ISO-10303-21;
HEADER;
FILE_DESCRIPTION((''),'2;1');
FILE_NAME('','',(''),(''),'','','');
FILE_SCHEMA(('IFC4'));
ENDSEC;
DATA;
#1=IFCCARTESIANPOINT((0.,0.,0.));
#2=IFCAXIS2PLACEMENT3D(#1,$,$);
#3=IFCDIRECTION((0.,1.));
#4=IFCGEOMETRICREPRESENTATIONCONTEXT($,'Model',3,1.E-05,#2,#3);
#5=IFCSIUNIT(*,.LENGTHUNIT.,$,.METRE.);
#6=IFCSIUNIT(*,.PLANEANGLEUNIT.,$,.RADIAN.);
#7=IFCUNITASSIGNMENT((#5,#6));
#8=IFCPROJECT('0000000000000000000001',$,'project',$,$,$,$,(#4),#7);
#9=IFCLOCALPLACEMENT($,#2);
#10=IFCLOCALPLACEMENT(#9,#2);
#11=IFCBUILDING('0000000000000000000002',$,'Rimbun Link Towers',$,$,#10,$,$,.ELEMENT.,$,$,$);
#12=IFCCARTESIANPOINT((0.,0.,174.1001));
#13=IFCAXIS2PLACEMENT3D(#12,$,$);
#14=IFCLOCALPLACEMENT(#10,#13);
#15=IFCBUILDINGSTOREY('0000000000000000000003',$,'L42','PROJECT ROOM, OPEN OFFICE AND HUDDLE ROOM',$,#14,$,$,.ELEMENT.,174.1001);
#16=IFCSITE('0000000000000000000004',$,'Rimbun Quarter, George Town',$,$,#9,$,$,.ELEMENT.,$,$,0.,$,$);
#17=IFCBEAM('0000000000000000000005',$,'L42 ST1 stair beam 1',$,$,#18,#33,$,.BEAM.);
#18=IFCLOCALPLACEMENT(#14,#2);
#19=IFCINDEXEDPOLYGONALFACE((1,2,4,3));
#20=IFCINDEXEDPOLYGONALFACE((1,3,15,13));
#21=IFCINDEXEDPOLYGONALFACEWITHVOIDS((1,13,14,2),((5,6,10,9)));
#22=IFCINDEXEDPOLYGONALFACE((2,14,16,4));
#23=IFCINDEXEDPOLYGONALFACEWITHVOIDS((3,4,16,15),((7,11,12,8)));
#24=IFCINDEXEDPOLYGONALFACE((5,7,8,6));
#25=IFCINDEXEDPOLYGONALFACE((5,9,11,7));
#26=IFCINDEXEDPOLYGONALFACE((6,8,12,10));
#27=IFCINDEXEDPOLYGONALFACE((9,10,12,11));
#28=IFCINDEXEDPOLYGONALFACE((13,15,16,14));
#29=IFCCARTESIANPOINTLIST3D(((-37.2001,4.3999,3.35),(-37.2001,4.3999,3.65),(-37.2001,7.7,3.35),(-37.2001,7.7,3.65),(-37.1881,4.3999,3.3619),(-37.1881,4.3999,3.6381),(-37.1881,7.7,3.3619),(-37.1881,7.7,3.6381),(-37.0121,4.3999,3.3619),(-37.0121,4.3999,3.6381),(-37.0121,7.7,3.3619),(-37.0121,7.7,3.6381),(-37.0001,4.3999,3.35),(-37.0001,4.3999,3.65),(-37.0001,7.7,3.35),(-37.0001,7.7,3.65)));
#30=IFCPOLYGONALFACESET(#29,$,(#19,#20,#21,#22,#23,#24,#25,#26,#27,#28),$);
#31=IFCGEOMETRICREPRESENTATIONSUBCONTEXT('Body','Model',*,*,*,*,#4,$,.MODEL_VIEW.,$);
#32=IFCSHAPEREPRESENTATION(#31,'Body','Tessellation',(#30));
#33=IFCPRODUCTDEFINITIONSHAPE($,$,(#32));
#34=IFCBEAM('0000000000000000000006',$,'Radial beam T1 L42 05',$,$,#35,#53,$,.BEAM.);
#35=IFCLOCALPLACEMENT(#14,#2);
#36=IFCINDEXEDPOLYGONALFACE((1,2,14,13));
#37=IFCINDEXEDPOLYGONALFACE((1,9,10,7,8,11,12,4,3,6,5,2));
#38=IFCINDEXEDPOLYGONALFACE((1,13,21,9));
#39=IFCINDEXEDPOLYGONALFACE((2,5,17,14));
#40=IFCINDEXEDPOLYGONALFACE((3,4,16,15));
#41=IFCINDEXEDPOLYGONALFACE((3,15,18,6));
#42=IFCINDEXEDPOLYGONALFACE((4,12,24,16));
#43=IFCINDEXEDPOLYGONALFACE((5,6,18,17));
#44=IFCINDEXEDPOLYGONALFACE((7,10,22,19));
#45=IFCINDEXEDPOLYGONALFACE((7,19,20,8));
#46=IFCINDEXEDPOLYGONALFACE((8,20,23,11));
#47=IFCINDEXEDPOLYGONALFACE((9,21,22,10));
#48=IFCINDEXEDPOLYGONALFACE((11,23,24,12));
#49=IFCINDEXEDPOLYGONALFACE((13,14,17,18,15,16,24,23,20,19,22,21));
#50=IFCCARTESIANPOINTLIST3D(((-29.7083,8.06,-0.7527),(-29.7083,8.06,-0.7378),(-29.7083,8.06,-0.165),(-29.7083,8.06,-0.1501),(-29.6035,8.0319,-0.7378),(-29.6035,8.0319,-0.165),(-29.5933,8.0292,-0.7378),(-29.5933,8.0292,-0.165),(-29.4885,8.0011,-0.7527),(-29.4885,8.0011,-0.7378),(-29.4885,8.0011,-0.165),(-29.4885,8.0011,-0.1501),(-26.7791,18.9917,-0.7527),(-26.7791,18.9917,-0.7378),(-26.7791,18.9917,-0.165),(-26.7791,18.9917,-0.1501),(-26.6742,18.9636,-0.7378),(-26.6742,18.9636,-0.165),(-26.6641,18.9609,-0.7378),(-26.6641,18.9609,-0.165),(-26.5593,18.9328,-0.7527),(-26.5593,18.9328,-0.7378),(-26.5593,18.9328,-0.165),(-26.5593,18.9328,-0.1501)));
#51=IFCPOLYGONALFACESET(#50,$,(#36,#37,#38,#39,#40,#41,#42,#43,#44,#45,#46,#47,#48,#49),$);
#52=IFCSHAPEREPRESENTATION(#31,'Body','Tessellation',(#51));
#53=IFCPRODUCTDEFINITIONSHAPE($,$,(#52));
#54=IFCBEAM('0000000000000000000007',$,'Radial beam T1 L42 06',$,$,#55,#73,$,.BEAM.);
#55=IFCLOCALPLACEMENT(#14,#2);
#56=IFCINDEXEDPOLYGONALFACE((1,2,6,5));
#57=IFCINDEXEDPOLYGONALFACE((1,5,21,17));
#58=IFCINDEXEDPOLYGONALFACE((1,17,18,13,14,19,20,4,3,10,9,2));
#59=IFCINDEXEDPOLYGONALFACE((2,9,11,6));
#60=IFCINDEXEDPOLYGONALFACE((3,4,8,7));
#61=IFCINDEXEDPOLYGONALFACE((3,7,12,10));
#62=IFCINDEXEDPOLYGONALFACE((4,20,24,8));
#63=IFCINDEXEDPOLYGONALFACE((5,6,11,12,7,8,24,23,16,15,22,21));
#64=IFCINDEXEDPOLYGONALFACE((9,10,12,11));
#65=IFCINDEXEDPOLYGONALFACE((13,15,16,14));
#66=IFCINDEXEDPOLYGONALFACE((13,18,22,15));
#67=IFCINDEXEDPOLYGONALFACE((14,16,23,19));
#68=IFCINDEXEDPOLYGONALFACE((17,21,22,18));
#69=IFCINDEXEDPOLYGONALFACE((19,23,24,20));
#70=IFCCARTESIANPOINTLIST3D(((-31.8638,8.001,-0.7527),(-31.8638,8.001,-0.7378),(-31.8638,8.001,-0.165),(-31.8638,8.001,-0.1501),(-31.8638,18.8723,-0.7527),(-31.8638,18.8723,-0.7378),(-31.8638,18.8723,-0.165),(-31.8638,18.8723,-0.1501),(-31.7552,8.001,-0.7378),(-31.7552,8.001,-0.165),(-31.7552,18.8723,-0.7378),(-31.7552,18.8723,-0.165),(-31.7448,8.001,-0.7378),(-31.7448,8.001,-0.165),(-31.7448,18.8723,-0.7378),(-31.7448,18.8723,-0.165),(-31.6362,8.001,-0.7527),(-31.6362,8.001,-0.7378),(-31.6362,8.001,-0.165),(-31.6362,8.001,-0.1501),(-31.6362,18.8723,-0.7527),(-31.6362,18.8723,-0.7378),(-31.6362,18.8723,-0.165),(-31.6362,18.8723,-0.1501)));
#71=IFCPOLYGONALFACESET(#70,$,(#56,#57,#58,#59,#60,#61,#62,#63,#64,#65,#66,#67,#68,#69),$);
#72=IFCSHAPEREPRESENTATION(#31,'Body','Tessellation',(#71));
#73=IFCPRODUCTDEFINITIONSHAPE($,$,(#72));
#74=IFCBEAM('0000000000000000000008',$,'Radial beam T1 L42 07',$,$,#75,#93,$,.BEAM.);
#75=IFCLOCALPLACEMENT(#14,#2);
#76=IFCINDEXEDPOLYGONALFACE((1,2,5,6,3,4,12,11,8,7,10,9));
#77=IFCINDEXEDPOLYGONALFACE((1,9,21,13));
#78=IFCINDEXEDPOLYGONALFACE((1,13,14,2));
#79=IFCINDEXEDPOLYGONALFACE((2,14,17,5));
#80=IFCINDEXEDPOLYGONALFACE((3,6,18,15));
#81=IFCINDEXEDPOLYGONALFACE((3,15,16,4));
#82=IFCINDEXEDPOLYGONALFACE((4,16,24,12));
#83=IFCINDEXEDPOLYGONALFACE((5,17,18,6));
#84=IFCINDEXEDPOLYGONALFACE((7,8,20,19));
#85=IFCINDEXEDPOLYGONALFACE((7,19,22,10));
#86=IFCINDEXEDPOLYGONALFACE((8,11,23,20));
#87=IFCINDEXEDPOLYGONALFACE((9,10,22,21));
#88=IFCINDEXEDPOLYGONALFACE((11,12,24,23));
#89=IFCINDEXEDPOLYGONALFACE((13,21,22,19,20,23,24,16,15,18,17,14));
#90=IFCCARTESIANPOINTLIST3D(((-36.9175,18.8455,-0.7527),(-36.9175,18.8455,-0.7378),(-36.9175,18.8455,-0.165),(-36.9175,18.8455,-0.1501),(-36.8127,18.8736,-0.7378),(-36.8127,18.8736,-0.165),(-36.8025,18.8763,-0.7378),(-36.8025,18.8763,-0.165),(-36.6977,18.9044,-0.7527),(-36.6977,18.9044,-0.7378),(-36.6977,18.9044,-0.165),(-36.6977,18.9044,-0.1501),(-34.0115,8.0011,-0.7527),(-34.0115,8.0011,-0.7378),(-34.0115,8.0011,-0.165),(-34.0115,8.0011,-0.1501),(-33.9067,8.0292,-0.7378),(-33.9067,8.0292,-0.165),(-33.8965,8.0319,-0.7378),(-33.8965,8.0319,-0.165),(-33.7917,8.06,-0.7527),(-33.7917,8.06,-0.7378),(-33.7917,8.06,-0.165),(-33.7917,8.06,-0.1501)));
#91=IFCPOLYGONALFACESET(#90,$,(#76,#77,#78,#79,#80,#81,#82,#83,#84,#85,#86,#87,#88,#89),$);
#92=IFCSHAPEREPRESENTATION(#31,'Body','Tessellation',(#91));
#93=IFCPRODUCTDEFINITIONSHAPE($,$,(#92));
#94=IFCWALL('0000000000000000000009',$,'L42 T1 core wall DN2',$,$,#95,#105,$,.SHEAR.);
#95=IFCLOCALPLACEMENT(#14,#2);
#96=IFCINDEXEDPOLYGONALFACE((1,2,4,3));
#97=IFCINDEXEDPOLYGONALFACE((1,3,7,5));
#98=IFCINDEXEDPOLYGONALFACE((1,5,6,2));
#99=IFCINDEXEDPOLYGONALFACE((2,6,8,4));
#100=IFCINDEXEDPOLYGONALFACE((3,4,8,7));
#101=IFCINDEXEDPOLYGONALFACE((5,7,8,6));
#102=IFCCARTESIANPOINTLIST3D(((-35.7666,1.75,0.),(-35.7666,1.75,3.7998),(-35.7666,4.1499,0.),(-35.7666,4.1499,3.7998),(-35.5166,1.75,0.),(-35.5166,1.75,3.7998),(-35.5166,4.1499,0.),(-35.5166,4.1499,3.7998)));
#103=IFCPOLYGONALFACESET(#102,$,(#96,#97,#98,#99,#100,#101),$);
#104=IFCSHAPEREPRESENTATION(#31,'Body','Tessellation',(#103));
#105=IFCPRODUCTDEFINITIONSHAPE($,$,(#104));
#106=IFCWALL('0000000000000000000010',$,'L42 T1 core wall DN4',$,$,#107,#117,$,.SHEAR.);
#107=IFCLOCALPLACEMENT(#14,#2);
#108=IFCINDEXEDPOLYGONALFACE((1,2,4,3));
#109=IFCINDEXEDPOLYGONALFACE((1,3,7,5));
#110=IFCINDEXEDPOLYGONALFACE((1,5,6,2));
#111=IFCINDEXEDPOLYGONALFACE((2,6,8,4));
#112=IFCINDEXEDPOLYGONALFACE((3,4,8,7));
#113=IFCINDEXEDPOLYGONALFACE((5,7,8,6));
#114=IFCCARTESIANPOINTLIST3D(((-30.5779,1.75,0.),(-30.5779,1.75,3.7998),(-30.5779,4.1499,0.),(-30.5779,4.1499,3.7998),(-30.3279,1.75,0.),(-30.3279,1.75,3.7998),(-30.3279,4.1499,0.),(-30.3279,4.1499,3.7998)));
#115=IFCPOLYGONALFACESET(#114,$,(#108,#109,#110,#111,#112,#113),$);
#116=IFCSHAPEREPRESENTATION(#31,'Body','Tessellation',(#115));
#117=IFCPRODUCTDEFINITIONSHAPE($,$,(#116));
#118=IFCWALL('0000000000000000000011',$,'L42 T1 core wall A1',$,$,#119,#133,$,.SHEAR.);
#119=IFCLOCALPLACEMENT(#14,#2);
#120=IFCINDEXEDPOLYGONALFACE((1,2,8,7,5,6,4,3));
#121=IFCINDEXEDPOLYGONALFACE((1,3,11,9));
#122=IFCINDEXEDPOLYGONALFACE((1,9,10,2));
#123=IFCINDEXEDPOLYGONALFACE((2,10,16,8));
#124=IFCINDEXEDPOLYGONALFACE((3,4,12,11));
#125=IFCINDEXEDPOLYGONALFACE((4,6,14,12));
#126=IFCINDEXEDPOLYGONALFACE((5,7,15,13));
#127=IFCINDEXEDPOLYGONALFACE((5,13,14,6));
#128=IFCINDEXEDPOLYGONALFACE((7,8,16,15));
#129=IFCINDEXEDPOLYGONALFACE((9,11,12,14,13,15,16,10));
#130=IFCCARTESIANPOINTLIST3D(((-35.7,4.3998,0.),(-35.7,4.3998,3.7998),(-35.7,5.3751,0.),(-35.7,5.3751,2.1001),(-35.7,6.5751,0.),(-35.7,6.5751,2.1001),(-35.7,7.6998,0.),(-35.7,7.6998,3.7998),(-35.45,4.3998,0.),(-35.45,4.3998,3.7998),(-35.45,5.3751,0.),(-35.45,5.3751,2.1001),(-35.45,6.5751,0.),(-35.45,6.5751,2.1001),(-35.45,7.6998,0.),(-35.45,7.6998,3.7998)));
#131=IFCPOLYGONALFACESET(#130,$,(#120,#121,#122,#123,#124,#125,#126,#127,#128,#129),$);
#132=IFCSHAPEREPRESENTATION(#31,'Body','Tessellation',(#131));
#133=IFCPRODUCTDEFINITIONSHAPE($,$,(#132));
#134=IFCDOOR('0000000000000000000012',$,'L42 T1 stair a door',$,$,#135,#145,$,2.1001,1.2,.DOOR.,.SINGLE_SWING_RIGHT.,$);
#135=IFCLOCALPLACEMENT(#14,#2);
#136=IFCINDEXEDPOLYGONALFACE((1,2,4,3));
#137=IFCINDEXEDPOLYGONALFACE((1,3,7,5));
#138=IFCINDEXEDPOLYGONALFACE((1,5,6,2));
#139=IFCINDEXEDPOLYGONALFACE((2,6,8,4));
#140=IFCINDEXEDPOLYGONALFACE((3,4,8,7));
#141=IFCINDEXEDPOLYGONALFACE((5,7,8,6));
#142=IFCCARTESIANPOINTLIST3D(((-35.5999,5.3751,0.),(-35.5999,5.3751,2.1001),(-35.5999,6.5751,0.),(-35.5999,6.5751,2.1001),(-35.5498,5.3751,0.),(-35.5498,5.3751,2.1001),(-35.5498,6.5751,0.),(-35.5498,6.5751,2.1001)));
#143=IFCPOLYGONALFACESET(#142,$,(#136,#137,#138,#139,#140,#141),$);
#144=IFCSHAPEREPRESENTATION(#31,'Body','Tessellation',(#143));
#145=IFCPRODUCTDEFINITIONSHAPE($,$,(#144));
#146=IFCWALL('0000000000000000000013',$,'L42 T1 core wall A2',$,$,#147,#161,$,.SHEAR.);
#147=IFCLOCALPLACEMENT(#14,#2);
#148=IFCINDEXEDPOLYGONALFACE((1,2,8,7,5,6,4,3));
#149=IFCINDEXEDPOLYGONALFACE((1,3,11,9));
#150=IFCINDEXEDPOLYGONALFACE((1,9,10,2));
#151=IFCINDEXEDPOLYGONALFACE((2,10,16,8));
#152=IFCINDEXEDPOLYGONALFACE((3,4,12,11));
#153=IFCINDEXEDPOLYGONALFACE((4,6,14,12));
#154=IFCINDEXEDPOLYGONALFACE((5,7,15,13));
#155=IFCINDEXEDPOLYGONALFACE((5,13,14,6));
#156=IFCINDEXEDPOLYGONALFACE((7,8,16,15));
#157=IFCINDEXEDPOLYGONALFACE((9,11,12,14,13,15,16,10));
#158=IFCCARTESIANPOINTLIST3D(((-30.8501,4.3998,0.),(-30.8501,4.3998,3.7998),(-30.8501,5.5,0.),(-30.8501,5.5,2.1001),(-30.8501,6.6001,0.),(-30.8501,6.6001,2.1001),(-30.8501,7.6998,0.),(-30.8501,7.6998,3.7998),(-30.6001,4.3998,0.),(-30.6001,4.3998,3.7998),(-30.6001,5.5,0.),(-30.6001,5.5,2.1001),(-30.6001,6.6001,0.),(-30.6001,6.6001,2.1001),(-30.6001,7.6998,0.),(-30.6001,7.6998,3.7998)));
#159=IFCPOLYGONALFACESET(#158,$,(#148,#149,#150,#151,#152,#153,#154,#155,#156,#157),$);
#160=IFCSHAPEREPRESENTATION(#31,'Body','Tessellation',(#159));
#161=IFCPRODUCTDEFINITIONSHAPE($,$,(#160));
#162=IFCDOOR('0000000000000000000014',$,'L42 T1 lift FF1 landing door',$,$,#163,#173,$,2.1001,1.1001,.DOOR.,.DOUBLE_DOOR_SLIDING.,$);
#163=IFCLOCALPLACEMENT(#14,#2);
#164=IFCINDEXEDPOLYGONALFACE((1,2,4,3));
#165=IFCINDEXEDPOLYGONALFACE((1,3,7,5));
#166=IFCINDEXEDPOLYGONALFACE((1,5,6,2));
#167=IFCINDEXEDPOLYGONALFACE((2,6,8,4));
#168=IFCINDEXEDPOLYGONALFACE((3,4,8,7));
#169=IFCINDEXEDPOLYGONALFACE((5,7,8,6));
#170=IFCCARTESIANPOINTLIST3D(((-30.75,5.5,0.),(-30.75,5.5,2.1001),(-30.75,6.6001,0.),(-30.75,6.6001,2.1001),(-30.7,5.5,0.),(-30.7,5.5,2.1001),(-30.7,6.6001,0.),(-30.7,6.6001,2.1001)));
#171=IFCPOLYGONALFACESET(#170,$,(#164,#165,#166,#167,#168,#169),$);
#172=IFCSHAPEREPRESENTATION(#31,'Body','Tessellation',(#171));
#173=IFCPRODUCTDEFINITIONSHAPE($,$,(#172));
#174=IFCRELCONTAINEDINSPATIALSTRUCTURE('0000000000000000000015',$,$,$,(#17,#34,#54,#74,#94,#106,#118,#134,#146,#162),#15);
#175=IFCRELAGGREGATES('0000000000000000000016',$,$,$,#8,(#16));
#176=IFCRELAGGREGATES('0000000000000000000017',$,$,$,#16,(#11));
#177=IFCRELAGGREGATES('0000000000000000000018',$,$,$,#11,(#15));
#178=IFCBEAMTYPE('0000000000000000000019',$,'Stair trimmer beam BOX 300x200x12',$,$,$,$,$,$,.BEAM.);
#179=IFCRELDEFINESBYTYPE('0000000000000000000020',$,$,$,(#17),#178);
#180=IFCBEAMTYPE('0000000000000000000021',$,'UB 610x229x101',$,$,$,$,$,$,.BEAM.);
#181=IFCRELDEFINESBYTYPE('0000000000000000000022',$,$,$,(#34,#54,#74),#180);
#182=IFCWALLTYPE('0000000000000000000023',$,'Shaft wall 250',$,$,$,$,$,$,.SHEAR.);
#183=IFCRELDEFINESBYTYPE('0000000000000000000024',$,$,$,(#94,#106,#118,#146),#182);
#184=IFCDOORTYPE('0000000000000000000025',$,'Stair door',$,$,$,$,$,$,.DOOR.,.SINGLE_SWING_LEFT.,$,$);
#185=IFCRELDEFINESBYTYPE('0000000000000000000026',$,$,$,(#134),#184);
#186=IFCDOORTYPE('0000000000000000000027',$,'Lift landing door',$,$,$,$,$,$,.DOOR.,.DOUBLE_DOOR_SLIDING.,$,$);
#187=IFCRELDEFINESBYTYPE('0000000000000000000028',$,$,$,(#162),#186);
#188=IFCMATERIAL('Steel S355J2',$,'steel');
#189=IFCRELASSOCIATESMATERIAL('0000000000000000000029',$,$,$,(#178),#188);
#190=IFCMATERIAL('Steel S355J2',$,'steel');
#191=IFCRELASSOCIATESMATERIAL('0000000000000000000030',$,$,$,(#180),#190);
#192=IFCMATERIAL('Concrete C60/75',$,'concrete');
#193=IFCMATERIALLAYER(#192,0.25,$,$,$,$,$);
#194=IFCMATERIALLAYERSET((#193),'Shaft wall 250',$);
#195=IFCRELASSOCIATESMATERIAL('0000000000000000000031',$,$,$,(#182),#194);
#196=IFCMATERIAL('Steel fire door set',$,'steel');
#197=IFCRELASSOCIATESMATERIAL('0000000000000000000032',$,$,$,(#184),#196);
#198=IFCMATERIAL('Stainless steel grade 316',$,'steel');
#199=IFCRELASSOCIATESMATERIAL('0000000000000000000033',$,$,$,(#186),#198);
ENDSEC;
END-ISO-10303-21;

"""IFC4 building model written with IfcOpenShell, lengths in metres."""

from ifc_helpers import new_model, si_unit, direction, frame, frame_2d, origin, origin_2d, place, context, subcontext, project, spatial, rectangle, hollow_rectangle, i_section, extrude, material, layer, layer_set, material_profile, profile_set, type_object, element, fill, save


model = new_model("IFC4")

# Units and contexts
model_context = context("Model", 3, precision=1e-05, world=origin(), true_north=direction((0.0, 1.0)))
body_context = subcontext(model_context, "Body", "Model", "MODEL_VIEW")
ifc_project = project(units=[si_unit("LENGTHUNIT", "METRE"), si_unit("PLANEANGLEUNIT", "RADIAN")], contexts=[model_context])

# Site, building, storey
site_placement = place(None, origin())
site = spatial("IfcSite", under=ifc_project, at=site_placement, Name="Rimbun Quarter, George Town", CompositionType="ELEMENT", RefElevation=0.0)
building_placement = place(site_placement, origin())
building = spatial("IfcBuilding", under=site, at=building_placement, Name="Rimbun Link Towers", CompositionType="ELEMENT")
storey_placement = place(building_placement, frame((0.0, 0.0, 174.1001)))
storey = spatial("IfcBuildingStorey", under=building, at=storey_placement, Name="L42", Description="PROJECT ROOM, OPEN OFFICE AND HUDDLE ROOM", CompositionType="ELEMENT", Elevation=174.1001)

# Beams
ifc_material_1 = material(Name="Steel S355J2", Category="steel")
ifc_material_profile_1 = material_profile(ifc_material_1, hollow_rectangle(XDim=0.2, YDim=0.3, WallThickness=0.012, at=origin_2d()), Name="BOX 300x200x12")
ifc_profile_set_1 = profile_set([ifc_material_profile_1], Name="Steel S355J2")
beam_type_1 = type_object("IfcBeamType", Name="Stair trimmer beam BOX 300x200x12", PredefinedType="BEAM", material=ifc_profile_set_1)
beam_1_placement = place(storey_placement, frame((-37.1001, 7.7, 3.5), z_axis=(0.0, -1.0, 0.0), x_axis=(1.0, 0.0, 0.0)))
element("IfcBeam", 1, at=beam_1_placement, inside=storey, type_object=beam_type_1, Name="L42 ST1 stair beam 1", PredefinedType="BEAM", context=body_context, shape_type="SweptSolid", body=[
    extrude(hollow_rectangle(XDim=0.2, YDim=0.3, WallThickness=0.012, at=origin_2d()), origin(), (0.0, 0.0, 1.0), 3.3),
])
ifc_material_2 = material(Name="Steel S355J2", Category="steel")
ifc_material_profile_2 = material_profile(ifc_material_2, i_section(OverallWidth=0.2275, OverallDepth=0.6025, WebThickness=0.0105, FlangeThickness=0.0149, at=origin_2d()), Name="UB 610x229x101")
ifc_profile_set_2 = profile_set([ifc_material_profile_2], Name="Steel S355J2")
beam_type_2 = type_object("IfcBeamType", Name="UB 610x229x101", PredefinedType="BEAM", material=ifc_profile_set_2)
beam_2_placement = place(storey_placement, frame((-29.5984, 8.0305, -0.4514), z_axis=(0.258825, 0.965924, 0.0), x_axis=(-0.965924, 0.258825, 0.0)))
element("IfcBeam", 2, at=beam_2_placement, inside=storey, type_object=beam_type_2, Name="Radial beam T1 L42 05", PredefinedType="BEAM", context=body_context, shape_type="SweptSolid", body=[
    extrude(i_section(OverallWidth=0.2275, OverallDepth=0.6025, WebThickness=0.0105, FlangeThickness=0.0149, at=origin_2d()), origin(), (0.0, 0.0, 1.0), 11.3174),
])
beam_3_placement = place(storey_placement, frame((-31.75, 8.001, -0.4514), z_axis=(0.0, 1.0, 0.0), x_axis=(-1.0, 0.0, 0.0)))
element("IfcBeam", 3, at=beam_3_placement, inside=storey, type_object=beam_type_2, Name="Radial beam T1 L42 06", PredefinedType="BEAM", context=body_context, shape_type="SweptSolid", body=[
    extrude(i_section(OverallWidth=0.2275, OverallDepth=0.6025, WebThickness=0.0105, FlangeThickness=0.0149, at=origin_2d()), origin(), (0.0, 0.0, 1.0), 10.8713),
])
beam_4_placement = place(storey_placement, frame((-33.9016, 8.0305, -0.4514), z_axis=(-0.258839, 0.965921, 0.0), x_axis=(-0.965921, -0.258839, 0.0)))
element("IfcBeam", 4, at=beam_4_placement, inside=storey, type_object=beam_type_2, Name="Radial beam T1 L42 07", PredefinedType="BEAM", context=body_context, shape_type="SweptSolid", body=[
    extrude(i_section(OverallWidth=0.2275, OverallDepth=0.6025, WebThickness=0.0105, FlangeThickness=0.0149, at=origin_2d()), origin(), (0.0, 0.0, 1.0), 11.2271),
])

# Walls
ifc_material_3 = material(Name="Concrete C60/75", Category="concrete")
ifc_layer = layer(ifc_material_3, 0.25)
ifc_layer_set = layer_set([ifc_layer], Name="Shaft wall 250")
wall_type = type_object("IfcWallType", Name="Shaft wall 250", PredefinedType="SHEAR", material=ifc_layer_set)
for number, where, z_axis, x_axis, name in (
    (5, (-35.6416, 1.75, 0.0), (0.0, 0.0, 1.0), (0.0, 1.0, 0.0), "L42 T1 core wall DN2"),
    (6, (-30.4529, 1.75, 0.0), (0.0, 0.0, 1.0), (0.0, 1.0, 0.0), "L42 T1 core wall DN4"),
):
    element("IfcWall", number, at=place(storey_placement, frame(where, z_axis=z_axis, x_axis=x_axis)), inside=storey, type_object=wall_type, Name=name, PredefinedType="SHEAR", context=body_context, shape_type="SweptSolid", body=[
        extrude(rectangle(XDim=2.3999, YDim=0.25, at=frame_2d((1.2, 0.0))), origin(), (0.0, 0.0, 1.0), 3.7998),
    ])

# Walls, openings, doors
wall_1_placement = place(storey_placement, frame((-35.575, 4.3999, 0.0), z_axis=(0.0, 0.0, 1.0), x_axis=(0.0, 1.0, 0.0)))
wall_1 = element("IfcWall", 7, at=wall_1_placement, inside=storey, type_object=wall_type, Name="L42 T1 core wall A1", PredefinedType="SHEAR", context=body_context, shape_type="SweptSolid", body=[
    extrude(rectangle(XDim=3.3, YDim=0.25, at=frame_2d((1.6499, 0.0))), origin(), (0.0, 0.0, 1.0), 3.7998),
])
opening_1_placement = place(wall_1_placement, frame((0.9751, 0.0, 0.0)))
opening_1 = element("IfcOpeningElement", 8, at=opening_1_placement, cuts=wall_1, PredefinedType="OPENING", context=body_context, shape_type="SweptSolid", body=[
    extrude(rectangle(XDim=1.2, YDim=2.1001, at=frame_2d((0.6001, 1.05))), frame((0.0, 0.135, 0.0), z_axis=(0.0, -1.0, 0.0), x_axis=(1.0, 0.0, 0.0)), (0.0, 0.0, 1.0), 0.27),
])
ifc_material_4 = material(Name="Steel fire door set", Category="steel")
door_type_1 = type_object("IfcDoorType", Name="Stair door", OperationType="SINGLE_SWING_LEFT", PredefinedType="DOOR", material=ifc_material_4)
door_1_placement = place(opening_1_placement, origin())
door_1 = element("IfcDoor", 9, at=door_1_placement, inside=storey, type_object=door_type_1, Name="L42 T1 stair a door", OperationType="SINGLE_SWING_RIGHT", OverallHeight=2.1001, OverallWidth=1.2, PredefinedType="DOOR", context=body_context, shape_type="SweptSolid", body=[
    extrude(rectangle(XDim=1.2, YDim=2.1001, at=frame_2d((0.6001, 1.05))), frame((0.0, 0.0249, 0.0), z_axis=(0.0, -1.0, 0.0), x_axis=(1.0, 0.0, 0.0)), (0.0, 0.0, 1.0), 0.05),
])
fill(opening_1, door_1)
wall_2_placement = place(storey_placement, frame((-30.7251, 4.3999, 0.0), z_axis=(0.0, 0.0, 1.0), x_axis=(0.0, 1.0, 0.0)))
wall_2 = element("IfcWall", 10, at=wall_2_placement, inside=storey, type_object=wall_type, Name="L42 T1 core wall A2", PredefinedType="SHEAR", context=body_context, shape_type="SweptSolid", body=[
    extrude(rectangle(XDim=3.3, YDim=0.25, at=frame_2d((1.6499, 0.0))), origin(), (0.0, 0.0, 1.0), 3.7998),
])
opening_2_placement = place(wall_2_placement, frame((1.1001, 0.0, 0.0)))
opening_2 = element("IfcOpeningElement", 11, at=opening_2_placement, cuts=wall_2, PredefinedType="OPENING", context=body_context, shape_type="SweptSolid", body=[
    extrude(rectangle(XDim=1.1001, YDim=2.1001, at=frame_2d((0.55, 1.05))), frame((0.0, 0.135, 0.0), z_axis=(0.0, -1.0, 0.0), x_axis=(1.0, 0.0, 0.0)), (0.0, 0.0, 1.0), 0.27),
])
ifc_material_5 = material(Name="Stainless steel grade 316", Category="steel")
door_type_2 = type_object("IfcDoorType", Name="Lift landing door", OperationType="DOUBLE_DOOR_SLIDING", PredefinedType="DOOR", material=ifc_material_5)
door_2_placement = place(opening_2_placement, origin())
door_2 = element("IfcDoor", 12, at=door_2_placement, inside=storey, type_object=door_type_2, Name="L42 T1 lift FF1 landing door", OperationType="DOUBLE_DOOR_SLIDING", OverallHeight=2.1001, OverallWidth=1.1001, PredefinedType="DOOR", context=body_context, shape_type="SweptSolid", body=[
    extrude(rectangle(XDim=1.1001, YDim=2.1001, at=frame_2d((0.55, 1.05))), frame((0.0, 0.0249, 0.0), z_axis=(0.0, -1.0, 0.0), x_axis=(1.0, 0.0, 0.0)), (0.0, 0.0, 1.0), 0.05),
])
fill(opening_2, door_2)

save(model, "model.ifc")
